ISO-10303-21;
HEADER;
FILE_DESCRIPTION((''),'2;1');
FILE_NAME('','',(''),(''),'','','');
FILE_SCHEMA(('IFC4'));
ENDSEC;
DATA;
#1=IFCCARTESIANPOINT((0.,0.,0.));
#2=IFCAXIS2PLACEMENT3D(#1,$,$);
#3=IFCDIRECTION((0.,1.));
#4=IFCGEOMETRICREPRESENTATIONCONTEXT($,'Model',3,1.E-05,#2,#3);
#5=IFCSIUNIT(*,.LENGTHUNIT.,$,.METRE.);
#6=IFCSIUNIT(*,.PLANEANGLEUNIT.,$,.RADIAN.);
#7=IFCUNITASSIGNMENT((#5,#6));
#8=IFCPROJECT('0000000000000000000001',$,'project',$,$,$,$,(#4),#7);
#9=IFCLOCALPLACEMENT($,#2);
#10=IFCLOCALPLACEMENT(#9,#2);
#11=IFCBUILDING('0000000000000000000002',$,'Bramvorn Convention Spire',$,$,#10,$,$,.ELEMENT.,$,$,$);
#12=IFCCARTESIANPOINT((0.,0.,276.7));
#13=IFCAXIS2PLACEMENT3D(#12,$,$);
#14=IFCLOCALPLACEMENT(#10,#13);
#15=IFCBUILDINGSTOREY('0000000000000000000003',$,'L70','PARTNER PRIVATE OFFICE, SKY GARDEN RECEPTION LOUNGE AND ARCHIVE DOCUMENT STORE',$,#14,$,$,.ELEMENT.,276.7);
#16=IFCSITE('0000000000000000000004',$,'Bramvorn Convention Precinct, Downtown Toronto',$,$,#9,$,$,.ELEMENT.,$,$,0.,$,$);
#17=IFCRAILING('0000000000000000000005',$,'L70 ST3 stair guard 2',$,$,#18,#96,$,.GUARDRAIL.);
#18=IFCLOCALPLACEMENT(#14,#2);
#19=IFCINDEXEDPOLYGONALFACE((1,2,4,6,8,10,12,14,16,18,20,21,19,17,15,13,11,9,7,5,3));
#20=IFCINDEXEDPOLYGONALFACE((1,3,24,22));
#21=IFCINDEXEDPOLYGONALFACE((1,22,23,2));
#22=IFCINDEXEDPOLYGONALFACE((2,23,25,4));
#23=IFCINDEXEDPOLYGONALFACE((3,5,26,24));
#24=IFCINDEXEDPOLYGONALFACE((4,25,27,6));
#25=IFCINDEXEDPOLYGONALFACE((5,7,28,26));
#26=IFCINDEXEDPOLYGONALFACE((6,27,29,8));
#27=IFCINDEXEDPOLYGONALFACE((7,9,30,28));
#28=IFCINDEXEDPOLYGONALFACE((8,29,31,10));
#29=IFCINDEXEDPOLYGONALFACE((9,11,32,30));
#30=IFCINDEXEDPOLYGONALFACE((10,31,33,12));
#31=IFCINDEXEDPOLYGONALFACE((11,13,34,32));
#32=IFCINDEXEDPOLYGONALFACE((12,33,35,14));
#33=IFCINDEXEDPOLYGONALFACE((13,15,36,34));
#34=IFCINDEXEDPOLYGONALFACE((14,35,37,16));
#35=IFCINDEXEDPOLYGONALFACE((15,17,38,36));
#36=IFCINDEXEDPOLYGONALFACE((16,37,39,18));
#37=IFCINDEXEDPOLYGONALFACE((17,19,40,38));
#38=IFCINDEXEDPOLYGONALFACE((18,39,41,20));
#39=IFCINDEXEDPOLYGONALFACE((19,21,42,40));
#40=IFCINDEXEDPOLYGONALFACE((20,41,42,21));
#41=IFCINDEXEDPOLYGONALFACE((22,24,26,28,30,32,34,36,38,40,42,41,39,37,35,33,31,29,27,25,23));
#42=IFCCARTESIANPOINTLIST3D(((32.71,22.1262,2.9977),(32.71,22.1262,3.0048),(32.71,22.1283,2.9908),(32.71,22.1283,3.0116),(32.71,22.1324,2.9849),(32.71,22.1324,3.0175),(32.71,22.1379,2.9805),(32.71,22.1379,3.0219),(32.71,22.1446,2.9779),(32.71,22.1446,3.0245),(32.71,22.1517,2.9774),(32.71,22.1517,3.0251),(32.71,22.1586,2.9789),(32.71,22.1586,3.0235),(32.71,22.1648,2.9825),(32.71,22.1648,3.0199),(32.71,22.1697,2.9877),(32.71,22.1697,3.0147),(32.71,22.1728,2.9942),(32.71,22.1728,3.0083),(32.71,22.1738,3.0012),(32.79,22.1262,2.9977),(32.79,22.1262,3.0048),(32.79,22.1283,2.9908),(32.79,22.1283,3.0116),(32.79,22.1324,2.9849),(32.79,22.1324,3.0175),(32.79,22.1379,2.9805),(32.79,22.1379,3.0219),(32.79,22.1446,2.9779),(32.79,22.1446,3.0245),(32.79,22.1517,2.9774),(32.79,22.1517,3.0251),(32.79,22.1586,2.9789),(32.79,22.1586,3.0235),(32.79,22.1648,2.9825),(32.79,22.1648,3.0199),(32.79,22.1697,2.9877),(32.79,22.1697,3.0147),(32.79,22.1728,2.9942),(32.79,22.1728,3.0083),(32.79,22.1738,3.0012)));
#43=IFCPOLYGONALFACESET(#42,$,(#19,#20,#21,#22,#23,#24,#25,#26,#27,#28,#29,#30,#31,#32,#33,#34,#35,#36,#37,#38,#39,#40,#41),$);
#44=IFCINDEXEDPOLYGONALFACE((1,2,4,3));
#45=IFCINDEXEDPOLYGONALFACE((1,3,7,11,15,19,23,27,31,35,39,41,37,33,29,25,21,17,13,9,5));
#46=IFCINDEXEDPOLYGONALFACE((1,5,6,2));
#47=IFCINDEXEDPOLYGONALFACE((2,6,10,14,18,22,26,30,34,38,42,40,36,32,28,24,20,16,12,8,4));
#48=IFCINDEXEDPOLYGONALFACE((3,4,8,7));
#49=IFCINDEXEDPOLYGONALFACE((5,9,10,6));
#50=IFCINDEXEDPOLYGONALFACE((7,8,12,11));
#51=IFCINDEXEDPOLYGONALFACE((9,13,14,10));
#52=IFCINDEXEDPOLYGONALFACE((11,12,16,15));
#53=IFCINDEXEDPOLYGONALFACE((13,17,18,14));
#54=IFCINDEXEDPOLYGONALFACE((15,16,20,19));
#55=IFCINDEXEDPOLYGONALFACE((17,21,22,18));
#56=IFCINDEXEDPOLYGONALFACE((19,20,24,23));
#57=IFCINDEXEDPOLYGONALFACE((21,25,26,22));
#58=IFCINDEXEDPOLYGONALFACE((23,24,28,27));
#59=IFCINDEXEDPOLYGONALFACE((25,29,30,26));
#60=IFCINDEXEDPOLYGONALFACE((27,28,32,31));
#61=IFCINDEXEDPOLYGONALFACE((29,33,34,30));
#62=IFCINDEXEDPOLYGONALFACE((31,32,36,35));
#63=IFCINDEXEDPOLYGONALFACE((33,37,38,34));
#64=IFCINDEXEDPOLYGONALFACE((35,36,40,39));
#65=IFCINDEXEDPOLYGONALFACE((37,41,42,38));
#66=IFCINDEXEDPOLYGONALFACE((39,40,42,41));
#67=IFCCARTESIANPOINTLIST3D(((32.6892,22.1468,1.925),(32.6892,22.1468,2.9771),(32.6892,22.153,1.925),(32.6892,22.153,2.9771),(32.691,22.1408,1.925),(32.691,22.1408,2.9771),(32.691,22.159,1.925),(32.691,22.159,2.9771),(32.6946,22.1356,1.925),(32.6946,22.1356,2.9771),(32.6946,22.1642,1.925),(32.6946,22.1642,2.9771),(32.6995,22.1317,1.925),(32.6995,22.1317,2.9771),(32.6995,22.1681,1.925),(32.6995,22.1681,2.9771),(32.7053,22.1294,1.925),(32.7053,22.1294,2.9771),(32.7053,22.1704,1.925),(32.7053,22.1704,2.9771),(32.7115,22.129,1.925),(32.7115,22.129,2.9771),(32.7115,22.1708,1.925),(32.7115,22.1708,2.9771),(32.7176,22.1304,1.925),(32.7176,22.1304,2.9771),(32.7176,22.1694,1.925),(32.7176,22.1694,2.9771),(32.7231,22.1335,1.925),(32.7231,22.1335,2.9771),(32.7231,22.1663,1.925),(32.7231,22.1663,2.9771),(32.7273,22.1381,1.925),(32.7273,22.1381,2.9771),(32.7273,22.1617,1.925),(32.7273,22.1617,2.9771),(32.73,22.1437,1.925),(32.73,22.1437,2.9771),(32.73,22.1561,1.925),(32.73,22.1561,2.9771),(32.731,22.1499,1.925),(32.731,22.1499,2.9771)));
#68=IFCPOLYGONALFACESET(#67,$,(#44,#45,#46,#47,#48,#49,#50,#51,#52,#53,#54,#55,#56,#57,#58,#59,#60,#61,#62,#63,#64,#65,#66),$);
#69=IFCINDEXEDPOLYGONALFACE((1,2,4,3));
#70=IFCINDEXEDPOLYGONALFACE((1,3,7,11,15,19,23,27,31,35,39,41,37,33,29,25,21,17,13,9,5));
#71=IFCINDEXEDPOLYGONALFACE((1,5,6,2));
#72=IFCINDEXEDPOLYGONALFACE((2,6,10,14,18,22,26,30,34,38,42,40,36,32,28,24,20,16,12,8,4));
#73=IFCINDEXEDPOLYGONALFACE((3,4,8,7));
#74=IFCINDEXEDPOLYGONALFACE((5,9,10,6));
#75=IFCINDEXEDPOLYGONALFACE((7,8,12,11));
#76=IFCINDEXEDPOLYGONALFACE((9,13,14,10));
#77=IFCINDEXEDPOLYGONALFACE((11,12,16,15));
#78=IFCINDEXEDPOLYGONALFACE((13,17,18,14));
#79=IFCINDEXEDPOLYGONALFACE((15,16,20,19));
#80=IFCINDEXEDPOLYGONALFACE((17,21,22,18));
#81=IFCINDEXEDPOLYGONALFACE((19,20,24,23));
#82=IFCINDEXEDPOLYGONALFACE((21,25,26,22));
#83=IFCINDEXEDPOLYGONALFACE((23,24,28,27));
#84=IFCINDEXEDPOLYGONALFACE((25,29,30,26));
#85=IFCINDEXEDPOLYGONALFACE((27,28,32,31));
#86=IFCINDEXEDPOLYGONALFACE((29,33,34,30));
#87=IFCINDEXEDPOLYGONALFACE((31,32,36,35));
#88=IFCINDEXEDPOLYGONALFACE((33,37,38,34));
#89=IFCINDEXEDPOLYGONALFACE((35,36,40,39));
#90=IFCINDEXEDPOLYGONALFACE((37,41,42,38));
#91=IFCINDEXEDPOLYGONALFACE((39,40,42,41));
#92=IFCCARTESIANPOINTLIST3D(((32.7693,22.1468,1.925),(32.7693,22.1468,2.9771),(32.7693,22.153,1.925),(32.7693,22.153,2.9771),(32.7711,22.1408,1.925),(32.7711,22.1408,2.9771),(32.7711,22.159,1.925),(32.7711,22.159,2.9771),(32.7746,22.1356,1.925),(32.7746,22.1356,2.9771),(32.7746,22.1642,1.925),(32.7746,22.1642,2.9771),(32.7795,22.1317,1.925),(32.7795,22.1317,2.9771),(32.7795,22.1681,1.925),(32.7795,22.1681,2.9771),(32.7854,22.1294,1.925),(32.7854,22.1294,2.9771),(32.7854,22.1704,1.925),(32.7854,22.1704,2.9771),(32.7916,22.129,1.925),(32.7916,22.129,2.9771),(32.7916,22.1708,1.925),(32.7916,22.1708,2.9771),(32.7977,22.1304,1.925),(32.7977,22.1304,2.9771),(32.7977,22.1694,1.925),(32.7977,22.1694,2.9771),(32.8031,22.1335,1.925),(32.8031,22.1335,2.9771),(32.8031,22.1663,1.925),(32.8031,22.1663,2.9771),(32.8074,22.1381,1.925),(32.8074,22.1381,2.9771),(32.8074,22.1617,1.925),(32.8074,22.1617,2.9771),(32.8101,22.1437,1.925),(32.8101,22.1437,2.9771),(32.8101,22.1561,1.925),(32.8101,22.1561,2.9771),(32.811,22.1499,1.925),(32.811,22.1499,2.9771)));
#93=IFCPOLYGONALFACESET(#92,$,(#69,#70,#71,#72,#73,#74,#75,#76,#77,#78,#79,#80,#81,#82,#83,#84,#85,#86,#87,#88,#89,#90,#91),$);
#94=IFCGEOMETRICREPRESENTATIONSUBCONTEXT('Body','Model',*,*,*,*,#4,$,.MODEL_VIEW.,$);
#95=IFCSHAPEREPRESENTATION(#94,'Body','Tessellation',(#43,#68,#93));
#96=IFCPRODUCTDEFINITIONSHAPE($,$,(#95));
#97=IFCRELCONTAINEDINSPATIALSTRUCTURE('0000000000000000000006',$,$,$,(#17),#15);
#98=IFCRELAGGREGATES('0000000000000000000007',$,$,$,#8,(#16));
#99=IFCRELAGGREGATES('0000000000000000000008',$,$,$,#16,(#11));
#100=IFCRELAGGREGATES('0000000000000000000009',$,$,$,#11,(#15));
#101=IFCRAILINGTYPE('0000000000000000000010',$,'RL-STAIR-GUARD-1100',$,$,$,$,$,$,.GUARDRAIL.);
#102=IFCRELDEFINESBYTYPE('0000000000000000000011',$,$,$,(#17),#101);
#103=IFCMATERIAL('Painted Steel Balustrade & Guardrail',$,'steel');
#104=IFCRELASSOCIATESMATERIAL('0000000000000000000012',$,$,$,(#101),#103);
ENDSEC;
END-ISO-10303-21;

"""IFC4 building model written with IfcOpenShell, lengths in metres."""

from ifc_helpers import new_model, si_unit, direction, frame, origin, origin_2d, place, context, subcontext, project, spatial, circle, extrude, material, type_object, element, save


model = new_model("IFC4")

# Units and contexts
model_context = context("Model", 3, precision=1e-05, world=origin(), true_north=direction((0.0, 1.0)))
body_context = subcontext(model_context, "Body", "Model", "MODEL_VIEW")
ifc_project = project(units=[si_unit("LENGTHUNIT", "METRE"), si_unit("PLANEANGLEUNIT", "RADIAN")], contexts=[model_context])

# Site, building, storey
site_placement = place(None, origin())
site = spatial("IfcSite", under=ifc_project, at=site_placement, Name="Bramvorn Convention Precinct, Downtown Toronto", CompositionType="ELEMENT", RefElevation=0.0)
building_placement = place(site_placement, origin())
building = spatial("IfcBuilding", under=site, at=building_placement, Name="Bramvorn Convention Spire", CompositionType="ELEMENT")
storey_placement = place(building_placement, frame((0.0, 0.0, 276.7)))
storey = spatial("IfcBuildingStorey", under=building, at=storey_placement, Name="L70", Description="PARTNER PRIVATE OFFICE, SKY GARDEN RECEPTION LOUNGE AND ARCHIVE DOCUMENT STORE", CompositionType="ELEMENT", Elevation=276.7)

# Railing
ifc_material_1 = material(Name="Painted Steel Balustrade & Guardrail", Category="steel")
railing_type_1 = type_object("IfcRailingType", Name="RL-STAIR-GUARD-1100", PredefinedType="GUARDRAIL", material=ifc_material_1)
railing_1_placement = place(storey_placement, frame((32.71, 22.1499, 1.925)))
element("IfcRailing", 1, at=railing_1_placement, inside=storey, type_object=railing_type_1, Name="L70 ST3 stair guard 2", PredefinedType="GUARDRAIL", context=body_context, shape_type="SweptSolid", body=[
    extrude(circle(Radius=0.0239, at=origin_2d()), frame((0.0, 0.0, 1.0762), z_axis=(1.0, 0.0, 0.0), x_axis=(0.0, 1.0, 0.0)), (0.0, 0.0, 1.0), 0.0801),
    extrude(circle(Radius=0.021, at=origin_2d()), origin(), (0.0, 0.0, 1.0), 1.052),
    extrude(circle(Radius=0.021, at=origin_2d()), frame((0.0801, 0.0, 0.0)), (0.0, 0.0, 1.0), 1.052),
])

save(model, "model.ifc")
